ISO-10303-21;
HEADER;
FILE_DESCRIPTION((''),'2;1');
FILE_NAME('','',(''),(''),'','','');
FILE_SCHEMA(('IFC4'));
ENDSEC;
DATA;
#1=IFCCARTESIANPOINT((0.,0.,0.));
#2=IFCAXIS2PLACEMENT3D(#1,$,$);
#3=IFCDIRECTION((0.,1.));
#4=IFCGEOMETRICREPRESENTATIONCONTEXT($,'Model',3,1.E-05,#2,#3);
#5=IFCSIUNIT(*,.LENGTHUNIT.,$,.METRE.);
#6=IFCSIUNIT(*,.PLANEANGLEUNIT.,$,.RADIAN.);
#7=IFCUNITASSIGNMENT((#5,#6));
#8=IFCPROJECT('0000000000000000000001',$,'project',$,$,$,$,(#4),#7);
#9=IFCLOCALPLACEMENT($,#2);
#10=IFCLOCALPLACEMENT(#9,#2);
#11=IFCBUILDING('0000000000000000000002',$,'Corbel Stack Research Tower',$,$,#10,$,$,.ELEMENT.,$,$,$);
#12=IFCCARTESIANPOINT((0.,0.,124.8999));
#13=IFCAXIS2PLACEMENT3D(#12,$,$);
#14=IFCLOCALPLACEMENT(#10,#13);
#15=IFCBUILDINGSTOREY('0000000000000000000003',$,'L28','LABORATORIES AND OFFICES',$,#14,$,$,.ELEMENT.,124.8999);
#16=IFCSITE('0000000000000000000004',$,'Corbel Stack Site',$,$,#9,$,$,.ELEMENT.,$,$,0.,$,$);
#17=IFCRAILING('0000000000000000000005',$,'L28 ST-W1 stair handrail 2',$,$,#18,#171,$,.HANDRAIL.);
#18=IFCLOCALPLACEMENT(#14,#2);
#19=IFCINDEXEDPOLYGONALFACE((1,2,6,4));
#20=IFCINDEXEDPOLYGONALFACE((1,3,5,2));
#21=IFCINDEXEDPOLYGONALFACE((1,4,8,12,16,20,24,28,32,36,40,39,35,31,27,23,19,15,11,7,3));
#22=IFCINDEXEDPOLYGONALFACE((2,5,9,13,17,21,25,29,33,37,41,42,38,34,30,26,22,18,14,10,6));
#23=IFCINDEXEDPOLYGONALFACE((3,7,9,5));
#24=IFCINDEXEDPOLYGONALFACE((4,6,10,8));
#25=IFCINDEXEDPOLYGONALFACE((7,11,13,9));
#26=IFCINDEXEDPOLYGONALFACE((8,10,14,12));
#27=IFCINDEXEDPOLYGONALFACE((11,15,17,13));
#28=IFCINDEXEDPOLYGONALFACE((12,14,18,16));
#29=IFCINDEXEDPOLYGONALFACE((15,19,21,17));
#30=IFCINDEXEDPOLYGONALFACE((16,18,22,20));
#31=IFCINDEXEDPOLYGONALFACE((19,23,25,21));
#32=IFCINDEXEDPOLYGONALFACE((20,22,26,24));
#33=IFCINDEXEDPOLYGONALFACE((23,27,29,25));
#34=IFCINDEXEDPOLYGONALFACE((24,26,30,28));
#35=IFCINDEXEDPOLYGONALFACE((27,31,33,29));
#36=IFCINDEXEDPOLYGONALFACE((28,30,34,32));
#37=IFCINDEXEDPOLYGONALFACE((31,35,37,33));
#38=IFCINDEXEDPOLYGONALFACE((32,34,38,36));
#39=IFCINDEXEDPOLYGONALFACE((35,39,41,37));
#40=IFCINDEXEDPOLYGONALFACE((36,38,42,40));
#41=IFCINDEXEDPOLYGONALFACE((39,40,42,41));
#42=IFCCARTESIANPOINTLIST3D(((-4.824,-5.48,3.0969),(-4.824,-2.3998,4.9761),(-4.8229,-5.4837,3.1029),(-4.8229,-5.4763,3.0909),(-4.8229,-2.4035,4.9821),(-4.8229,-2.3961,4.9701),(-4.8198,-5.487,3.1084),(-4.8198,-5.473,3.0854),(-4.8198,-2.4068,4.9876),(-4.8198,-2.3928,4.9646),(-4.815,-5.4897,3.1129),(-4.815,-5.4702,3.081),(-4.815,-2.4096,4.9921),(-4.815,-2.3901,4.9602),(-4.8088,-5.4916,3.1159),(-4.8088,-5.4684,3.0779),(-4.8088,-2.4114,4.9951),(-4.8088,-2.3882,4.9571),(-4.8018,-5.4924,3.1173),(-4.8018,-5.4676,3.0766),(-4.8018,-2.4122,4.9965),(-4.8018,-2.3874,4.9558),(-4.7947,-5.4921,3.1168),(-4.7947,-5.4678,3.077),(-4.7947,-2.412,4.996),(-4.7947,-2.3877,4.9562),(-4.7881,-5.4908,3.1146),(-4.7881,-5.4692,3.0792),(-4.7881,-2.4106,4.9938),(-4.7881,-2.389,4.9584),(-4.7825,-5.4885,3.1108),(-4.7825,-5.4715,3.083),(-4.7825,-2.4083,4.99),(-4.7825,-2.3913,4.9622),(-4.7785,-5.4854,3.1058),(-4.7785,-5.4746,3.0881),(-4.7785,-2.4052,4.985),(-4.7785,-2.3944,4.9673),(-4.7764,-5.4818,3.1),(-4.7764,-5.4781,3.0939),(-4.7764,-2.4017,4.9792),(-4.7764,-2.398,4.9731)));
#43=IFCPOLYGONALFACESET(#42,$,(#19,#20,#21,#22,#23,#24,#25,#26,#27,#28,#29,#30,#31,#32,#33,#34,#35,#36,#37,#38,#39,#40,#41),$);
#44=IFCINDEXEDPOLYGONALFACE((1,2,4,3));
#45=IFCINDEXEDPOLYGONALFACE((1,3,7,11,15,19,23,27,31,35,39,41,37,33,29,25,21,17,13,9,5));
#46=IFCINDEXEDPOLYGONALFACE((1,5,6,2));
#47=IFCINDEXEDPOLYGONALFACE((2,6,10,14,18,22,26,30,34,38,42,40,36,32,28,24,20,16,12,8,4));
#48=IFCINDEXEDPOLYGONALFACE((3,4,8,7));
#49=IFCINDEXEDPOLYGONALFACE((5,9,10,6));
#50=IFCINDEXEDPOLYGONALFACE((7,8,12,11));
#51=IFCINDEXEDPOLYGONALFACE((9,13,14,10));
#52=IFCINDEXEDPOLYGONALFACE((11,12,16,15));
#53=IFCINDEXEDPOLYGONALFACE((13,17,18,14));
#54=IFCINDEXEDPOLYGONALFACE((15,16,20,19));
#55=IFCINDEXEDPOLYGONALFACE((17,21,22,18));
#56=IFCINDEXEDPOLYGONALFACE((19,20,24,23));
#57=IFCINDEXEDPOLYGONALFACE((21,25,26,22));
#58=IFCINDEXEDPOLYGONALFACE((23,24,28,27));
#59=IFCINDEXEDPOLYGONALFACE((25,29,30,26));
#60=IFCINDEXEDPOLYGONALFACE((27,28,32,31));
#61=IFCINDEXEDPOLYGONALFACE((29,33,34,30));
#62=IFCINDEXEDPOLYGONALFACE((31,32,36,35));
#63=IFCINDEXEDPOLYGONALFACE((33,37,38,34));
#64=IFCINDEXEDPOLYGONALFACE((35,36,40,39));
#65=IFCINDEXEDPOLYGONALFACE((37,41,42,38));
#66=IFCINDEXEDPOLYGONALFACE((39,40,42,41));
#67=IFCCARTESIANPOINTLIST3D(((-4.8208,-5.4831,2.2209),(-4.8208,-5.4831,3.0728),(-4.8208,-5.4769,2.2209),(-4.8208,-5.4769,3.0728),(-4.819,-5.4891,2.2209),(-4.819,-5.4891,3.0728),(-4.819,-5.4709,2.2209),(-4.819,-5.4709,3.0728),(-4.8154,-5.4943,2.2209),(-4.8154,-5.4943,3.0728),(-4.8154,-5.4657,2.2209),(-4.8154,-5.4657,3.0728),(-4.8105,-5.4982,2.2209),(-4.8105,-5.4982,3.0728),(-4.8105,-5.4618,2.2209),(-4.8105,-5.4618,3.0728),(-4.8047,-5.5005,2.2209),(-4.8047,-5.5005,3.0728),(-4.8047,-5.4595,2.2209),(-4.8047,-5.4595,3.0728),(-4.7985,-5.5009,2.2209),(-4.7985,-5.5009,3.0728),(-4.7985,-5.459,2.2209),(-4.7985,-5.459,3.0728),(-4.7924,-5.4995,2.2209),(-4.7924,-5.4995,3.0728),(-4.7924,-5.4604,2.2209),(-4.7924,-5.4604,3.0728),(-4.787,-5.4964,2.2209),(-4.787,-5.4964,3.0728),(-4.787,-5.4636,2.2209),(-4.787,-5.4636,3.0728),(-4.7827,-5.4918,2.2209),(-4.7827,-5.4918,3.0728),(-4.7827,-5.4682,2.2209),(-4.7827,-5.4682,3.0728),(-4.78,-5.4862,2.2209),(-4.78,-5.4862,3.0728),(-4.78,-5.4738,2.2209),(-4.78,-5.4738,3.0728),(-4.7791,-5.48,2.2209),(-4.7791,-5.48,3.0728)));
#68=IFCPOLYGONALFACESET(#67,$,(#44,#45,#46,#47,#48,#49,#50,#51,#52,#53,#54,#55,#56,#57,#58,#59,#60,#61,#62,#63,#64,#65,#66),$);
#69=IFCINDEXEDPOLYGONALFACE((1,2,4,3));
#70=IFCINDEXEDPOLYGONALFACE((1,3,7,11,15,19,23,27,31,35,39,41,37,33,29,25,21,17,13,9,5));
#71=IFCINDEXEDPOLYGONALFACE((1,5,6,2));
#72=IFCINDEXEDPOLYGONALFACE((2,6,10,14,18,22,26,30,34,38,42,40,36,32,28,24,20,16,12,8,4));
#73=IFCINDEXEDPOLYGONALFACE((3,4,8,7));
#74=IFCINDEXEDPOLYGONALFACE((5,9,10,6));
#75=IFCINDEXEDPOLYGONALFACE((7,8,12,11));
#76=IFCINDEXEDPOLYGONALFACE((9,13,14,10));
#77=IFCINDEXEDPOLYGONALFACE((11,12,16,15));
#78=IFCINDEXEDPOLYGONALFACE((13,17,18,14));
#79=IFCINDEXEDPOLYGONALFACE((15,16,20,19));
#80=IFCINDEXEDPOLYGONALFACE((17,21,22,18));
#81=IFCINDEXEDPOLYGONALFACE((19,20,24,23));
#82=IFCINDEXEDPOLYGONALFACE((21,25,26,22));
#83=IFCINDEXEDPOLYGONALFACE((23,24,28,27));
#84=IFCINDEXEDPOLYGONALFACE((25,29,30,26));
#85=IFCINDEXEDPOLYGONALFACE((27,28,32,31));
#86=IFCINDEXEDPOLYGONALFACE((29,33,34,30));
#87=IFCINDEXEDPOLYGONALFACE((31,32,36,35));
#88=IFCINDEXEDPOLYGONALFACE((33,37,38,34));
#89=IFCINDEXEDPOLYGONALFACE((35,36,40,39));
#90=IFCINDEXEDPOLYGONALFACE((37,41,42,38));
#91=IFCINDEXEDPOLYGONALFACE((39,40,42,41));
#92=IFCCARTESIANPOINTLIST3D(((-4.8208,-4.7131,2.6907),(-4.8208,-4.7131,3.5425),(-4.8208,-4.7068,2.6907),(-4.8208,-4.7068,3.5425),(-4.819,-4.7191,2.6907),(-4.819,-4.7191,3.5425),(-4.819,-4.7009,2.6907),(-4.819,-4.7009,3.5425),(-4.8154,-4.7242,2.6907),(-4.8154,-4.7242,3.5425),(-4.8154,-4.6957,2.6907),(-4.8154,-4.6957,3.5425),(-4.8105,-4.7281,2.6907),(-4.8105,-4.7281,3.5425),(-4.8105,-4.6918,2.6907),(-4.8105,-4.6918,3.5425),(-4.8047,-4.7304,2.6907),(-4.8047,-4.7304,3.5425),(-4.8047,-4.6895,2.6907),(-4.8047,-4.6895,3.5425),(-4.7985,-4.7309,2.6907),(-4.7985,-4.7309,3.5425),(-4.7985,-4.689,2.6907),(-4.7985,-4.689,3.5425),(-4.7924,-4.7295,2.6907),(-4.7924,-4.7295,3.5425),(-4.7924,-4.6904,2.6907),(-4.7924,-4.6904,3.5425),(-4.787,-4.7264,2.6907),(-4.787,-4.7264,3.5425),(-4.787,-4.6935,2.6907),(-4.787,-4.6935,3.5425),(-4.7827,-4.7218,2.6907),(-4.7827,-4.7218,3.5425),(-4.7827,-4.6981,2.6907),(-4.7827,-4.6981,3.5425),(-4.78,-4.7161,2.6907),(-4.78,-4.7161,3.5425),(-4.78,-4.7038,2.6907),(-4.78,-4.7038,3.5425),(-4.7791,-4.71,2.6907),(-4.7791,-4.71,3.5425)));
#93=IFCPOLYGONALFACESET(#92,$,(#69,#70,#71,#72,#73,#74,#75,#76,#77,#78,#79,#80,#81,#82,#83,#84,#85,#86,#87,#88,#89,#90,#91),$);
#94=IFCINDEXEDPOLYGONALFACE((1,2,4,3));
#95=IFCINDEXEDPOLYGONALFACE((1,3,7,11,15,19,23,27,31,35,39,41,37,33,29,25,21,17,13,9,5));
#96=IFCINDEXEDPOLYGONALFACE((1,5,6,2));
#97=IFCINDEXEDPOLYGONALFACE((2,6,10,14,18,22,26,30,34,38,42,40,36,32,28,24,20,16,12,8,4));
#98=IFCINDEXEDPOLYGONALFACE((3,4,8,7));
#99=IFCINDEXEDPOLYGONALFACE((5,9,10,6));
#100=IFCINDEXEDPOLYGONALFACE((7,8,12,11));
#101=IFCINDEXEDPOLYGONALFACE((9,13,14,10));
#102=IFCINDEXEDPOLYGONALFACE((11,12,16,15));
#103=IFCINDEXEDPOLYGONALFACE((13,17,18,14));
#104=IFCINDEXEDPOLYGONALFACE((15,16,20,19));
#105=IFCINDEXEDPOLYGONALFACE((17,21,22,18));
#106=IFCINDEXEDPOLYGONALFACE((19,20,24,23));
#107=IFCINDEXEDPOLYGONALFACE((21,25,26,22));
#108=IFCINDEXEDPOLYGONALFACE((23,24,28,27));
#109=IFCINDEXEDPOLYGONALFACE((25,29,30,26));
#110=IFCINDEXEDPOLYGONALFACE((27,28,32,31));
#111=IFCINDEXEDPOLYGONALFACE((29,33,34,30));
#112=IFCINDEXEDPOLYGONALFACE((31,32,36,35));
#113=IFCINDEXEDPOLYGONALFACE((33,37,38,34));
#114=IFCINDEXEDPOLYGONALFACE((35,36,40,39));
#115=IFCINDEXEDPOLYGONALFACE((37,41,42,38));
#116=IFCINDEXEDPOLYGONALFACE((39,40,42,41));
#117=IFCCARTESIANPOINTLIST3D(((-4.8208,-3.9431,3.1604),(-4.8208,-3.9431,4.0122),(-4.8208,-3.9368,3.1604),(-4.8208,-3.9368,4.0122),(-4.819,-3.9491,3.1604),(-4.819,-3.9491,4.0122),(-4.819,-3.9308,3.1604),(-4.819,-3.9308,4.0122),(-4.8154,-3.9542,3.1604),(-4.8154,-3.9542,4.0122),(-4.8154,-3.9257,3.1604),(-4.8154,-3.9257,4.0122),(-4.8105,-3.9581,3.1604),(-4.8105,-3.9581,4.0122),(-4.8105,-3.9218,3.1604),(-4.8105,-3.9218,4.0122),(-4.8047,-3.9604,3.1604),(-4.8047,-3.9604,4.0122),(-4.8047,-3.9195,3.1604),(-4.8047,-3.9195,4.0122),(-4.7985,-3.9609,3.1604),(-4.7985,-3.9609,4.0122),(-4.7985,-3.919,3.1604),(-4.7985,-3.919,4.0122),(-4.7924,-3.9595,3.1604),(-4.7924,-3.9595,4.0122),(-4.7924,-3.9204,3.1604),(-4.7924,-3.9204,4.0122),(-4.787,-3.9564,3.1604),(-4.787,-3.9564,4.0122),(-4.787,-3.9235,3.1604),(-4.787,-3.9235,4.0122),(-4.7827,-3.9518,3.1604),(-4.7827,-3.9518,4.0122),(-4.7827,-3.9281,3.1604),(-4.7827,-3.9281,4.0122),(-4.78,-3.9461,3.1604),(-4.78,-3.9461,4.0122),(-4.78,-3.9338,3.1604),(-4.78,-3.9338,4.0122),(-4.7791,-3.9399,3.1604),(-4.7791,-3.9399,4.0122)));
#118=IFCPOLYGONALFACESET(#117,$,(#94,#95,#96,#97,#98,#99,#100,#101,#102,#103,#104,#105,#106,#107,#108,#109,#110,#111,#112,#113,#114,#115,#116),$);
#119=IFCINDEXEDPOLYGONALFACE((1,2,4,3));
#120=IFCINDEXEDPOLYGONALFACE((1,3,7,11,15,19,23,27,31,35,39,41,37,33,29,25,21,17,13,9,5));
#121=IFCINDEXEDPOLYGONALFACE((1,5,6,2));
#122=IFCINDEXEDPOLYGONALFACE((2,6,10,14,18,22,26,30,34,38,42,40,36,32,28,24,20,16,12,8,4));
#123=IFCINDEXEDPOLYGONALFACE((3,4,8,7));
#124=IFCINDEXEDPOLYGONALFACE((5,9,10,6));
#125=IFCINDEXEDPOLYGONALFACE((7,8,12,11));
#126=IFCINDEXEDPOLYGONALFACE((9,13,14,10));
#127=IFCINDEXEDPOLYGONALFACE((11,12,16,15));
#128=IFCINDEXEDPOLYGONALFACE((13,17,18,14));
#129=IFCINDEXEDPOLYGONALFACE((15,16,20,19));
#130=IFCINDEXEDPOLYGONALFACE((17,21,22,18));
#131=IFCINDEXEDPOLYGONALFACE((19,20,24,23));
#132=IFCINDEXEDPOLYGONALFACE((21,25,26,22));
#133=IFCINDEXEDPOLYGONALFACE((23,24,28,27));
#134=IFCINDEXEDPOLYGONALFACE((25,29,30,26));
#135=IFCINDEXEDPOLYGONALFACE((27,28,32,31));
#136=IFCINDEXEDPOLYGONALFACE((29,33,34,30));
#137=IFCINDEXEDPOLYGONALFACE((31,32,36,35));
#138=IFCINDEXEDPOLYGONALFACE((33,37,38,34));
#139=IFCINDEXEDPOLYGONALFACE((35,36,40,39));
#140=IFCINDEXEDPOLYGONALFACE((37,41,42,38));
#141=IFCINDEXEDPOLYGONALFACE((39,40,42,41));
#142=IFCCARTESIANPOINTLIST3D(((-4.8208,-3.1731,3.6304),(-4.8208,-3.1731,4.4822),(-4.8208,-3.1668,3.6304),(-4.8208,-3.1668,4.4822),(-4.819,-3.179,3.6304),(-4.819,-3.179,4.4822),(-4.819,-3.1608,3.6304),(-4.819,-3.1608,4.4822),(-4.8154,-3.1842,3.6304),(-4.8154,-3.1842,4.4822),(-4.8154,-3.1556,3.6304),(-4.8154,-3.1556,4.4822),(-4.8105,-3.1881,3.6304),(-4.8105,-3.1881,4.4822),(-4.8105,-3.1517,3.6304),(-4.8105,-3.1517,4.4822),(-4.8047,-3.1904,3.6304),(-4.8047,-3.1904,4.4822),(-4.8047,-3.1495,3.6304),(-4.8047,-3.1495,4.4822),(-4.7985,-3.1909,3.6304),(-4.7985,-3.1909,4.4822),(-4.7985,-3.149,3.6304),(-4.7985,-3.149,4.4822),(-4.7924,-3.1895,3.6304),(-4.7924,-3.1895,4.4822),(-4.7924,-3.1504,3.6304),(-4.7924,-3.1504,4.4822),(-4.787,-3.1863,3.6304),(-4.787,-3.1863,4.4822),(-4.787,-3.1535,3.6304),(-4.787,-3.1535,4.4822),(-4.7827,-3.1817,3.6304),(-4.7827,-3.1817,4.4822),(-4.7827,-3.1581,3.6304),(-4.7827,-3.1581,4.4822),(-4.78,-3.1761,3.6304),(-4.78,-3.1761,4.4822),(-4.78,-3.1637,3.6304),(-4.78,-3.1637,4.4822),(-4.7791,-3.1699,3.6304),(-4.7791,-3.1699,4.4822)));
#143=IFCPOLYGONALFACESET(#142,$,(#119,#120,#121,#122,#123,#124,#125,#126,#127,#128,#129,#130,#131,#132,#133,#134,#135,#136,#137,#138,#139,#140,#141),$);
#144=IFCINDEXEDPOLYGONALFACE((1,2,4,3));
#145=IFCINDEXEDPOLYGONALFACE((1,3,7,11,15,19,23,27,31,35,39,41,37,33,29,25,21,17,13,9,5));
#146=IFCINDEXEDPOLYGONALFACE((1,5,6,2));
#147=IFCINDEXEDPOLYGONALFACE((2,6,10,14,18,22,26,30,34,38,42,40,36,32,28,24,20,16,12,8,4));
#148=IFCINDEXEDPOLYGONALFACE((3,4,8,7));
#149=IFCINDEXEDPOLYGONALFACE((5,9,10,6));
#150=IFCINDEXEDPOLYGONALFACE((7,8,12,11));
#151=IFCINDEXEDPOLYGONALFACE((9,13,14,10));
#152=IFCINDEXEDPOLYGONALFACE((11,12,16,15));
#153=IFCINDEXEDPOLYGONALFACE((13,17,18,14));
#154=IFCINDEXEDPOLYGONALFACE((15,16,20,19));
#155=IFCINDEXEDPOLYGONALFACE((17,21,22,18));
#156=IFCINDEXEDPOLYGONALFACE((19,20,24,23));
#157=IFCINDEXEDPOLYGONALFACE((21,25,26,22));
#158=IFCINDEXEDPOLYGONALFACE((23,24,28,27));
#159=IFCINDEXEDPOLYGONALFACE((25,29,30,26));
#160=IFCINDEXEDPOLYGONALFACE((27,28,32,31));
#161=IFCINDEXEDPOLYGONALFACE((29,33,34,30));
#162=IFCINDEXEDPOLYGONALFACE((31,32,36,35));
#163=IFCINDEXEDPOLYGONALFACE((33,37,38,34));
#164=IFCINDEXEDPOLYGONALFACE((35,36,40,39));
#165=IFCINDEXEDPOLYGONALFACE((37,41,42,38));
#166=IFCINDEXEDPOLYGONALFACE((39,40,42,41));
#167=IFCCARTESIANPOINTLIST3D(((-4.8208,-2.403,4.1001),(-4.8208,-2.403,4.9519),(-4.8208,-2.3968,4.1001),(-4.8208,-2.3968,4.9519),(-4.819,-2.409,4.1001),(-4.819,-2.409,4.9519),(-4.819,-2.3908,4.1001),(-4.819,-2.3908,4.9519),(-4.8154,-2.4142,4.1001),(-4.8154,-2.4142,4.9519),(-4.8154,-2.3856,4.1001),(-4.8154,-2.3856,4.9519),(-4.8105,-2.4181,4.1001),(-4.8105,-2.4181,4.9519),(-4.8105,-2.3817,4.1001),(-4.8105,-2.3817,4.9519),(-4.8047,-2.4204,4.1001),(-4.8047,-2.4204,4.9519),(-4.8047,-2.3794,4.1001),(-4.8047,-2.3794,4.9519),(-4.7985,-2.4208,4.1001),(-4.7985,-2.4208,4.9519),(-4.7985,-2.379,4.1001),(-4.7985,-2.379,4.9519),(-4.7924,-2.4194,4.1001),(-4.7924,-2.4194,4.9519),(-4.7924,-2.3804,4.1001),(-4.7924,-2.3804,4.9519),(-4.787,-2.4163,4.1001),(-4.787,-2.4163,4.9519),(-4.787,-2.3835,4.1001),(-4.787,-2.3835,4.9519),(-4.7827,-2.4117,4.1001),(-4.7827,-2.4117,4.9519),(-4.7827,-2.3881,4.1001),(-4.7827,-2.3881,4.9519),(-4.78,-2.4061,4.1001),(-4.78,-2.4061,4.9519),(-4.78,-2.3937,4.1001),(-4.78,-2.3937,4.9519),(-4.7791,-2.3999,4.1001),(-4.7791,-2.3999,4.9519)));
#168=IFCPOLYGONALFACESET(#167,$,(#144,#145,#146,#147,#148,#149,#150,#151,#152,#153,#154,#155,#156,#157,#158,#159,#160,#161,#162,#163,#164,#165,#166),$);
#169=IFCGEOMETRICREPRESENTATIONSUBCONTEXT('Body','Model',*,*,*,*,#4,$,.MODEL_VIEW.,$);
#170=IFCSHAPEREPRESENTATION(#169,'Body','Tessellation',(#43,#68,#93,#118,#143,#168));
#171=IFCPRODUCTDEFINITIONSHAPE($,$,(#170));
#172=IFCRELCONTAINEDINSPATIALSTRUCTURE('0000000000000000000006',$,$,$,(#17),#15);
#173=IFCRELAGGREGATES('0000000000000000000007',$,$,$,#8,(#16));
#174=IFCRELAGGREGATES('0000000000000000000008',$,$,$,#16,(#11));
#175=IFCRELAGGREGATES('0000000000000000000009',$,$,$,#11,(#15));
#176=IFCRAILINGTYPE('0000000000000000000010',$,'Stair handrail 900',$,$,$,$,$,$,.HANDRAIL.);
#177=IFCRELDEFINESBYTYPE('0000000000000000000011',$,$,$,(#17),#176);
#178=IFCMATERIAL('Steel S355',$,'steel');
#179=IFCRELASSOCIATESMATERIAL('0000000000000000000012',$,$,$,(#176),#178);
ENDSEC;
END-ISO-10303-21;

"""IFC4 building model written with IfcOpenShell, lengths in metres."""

from ifc_helpers import new_model, si_unit, direction, frame, origin, origin_2d, place, context, subcontext, project, spatial, circle, extrude, material, type_object, element, save


model = new_model("IFC4")

# Units and contexts
model_context = context("Model", 3, precision=1e-05, world=origin(), true_north=direction((0.0, 1.0)))
body_context = subcontext(model_context, "Body", "Model", "MODEL_VIEW")
ifc_project = project(units=[si_unit("LENGTHUNIT", "METRE"), si_unit("PLANEANGLEUNIT", "RADIAN")], contexts=[model_context])

# Site, building, storey
site_placement = place(None, origin())
site = spatial("IfcSite", under=ifc_project, at=site_placement, Name="Corbel Stack Site", CompositionType="ELEMENT", RefElevation=0.0)
building_placement = place(site_placement, origin())
building = spatial("IfcBuilding", under=site, at=building_placement, Name="Corbel Stack Research Tower", CompositionType="ELEMENT")
storey_placement = place(building_placement, frame((0.0, 0.0, 124.8999)))
storey = spatial("IfcBuildingStorey", under=building, at=storey_placement, Name="L28", Description="LABORATORIES AND OFFICES", CompositionType="ELEMENT", Elevation=124.8999)

# Railing
ifc_material_1 = material(Name="Steel S355", Category="steel")
railing_type_1 = type_object("IfcRailingType", Name="Stair handrail 900", PredefinedType="HANDRAIL", material=ifc_material_1)
railing_1_placement = place(storey_placement, frame((-4.8, -5.48, 2.2209)))
element("IfcRailing", 1, at=railing_1_placement, inside=storey, type_object=railing_type_1, Name="L28 ST-W1 stair handrail 2", PredefinedType="HANDRAIL", context=body_context, shape_type="SweptSolid", body=[
    extrude(circle(Radius=0.0239, at=origin_2d()), frame((0.0, 0.0, 0.876), z_axis=(0.0, 0.853666, 0.52082), x_axis=(-1.0, 0.0, 0.0)), (0.0, 0.0, 1.0), 3.6082),
    extrude(circle(Radius=0.021, at=origin_2d()), origin(), (0.0, 0.0, 1.0), 0.8518),
    extrude(circle(Radius=0.021, at=origin_2d()), frame((0.0, 0.77, 0.4697)), (0.0, 0.0, 1.0), 0.8518),
    extrude(circle(Radius=0.021, at=origin_2d()), frame((0.0, 1.54, 0.9395)), (0.0, 0.0, 1.0), 0.8518),
    extrude(circle(Radius=0.021, at=origin_2d()), frame((0.0, 2.3101, 1.4094)), (0.0, 0.0, 1.0), 0.8518),
    extrude(circle(Radius=0.021, at=origin_2d()), frame((0.0, 3.0801, 1.8792)), (0.0, 0.0, 1.0), 0.8518),
])

save(model, "model.ifc")
